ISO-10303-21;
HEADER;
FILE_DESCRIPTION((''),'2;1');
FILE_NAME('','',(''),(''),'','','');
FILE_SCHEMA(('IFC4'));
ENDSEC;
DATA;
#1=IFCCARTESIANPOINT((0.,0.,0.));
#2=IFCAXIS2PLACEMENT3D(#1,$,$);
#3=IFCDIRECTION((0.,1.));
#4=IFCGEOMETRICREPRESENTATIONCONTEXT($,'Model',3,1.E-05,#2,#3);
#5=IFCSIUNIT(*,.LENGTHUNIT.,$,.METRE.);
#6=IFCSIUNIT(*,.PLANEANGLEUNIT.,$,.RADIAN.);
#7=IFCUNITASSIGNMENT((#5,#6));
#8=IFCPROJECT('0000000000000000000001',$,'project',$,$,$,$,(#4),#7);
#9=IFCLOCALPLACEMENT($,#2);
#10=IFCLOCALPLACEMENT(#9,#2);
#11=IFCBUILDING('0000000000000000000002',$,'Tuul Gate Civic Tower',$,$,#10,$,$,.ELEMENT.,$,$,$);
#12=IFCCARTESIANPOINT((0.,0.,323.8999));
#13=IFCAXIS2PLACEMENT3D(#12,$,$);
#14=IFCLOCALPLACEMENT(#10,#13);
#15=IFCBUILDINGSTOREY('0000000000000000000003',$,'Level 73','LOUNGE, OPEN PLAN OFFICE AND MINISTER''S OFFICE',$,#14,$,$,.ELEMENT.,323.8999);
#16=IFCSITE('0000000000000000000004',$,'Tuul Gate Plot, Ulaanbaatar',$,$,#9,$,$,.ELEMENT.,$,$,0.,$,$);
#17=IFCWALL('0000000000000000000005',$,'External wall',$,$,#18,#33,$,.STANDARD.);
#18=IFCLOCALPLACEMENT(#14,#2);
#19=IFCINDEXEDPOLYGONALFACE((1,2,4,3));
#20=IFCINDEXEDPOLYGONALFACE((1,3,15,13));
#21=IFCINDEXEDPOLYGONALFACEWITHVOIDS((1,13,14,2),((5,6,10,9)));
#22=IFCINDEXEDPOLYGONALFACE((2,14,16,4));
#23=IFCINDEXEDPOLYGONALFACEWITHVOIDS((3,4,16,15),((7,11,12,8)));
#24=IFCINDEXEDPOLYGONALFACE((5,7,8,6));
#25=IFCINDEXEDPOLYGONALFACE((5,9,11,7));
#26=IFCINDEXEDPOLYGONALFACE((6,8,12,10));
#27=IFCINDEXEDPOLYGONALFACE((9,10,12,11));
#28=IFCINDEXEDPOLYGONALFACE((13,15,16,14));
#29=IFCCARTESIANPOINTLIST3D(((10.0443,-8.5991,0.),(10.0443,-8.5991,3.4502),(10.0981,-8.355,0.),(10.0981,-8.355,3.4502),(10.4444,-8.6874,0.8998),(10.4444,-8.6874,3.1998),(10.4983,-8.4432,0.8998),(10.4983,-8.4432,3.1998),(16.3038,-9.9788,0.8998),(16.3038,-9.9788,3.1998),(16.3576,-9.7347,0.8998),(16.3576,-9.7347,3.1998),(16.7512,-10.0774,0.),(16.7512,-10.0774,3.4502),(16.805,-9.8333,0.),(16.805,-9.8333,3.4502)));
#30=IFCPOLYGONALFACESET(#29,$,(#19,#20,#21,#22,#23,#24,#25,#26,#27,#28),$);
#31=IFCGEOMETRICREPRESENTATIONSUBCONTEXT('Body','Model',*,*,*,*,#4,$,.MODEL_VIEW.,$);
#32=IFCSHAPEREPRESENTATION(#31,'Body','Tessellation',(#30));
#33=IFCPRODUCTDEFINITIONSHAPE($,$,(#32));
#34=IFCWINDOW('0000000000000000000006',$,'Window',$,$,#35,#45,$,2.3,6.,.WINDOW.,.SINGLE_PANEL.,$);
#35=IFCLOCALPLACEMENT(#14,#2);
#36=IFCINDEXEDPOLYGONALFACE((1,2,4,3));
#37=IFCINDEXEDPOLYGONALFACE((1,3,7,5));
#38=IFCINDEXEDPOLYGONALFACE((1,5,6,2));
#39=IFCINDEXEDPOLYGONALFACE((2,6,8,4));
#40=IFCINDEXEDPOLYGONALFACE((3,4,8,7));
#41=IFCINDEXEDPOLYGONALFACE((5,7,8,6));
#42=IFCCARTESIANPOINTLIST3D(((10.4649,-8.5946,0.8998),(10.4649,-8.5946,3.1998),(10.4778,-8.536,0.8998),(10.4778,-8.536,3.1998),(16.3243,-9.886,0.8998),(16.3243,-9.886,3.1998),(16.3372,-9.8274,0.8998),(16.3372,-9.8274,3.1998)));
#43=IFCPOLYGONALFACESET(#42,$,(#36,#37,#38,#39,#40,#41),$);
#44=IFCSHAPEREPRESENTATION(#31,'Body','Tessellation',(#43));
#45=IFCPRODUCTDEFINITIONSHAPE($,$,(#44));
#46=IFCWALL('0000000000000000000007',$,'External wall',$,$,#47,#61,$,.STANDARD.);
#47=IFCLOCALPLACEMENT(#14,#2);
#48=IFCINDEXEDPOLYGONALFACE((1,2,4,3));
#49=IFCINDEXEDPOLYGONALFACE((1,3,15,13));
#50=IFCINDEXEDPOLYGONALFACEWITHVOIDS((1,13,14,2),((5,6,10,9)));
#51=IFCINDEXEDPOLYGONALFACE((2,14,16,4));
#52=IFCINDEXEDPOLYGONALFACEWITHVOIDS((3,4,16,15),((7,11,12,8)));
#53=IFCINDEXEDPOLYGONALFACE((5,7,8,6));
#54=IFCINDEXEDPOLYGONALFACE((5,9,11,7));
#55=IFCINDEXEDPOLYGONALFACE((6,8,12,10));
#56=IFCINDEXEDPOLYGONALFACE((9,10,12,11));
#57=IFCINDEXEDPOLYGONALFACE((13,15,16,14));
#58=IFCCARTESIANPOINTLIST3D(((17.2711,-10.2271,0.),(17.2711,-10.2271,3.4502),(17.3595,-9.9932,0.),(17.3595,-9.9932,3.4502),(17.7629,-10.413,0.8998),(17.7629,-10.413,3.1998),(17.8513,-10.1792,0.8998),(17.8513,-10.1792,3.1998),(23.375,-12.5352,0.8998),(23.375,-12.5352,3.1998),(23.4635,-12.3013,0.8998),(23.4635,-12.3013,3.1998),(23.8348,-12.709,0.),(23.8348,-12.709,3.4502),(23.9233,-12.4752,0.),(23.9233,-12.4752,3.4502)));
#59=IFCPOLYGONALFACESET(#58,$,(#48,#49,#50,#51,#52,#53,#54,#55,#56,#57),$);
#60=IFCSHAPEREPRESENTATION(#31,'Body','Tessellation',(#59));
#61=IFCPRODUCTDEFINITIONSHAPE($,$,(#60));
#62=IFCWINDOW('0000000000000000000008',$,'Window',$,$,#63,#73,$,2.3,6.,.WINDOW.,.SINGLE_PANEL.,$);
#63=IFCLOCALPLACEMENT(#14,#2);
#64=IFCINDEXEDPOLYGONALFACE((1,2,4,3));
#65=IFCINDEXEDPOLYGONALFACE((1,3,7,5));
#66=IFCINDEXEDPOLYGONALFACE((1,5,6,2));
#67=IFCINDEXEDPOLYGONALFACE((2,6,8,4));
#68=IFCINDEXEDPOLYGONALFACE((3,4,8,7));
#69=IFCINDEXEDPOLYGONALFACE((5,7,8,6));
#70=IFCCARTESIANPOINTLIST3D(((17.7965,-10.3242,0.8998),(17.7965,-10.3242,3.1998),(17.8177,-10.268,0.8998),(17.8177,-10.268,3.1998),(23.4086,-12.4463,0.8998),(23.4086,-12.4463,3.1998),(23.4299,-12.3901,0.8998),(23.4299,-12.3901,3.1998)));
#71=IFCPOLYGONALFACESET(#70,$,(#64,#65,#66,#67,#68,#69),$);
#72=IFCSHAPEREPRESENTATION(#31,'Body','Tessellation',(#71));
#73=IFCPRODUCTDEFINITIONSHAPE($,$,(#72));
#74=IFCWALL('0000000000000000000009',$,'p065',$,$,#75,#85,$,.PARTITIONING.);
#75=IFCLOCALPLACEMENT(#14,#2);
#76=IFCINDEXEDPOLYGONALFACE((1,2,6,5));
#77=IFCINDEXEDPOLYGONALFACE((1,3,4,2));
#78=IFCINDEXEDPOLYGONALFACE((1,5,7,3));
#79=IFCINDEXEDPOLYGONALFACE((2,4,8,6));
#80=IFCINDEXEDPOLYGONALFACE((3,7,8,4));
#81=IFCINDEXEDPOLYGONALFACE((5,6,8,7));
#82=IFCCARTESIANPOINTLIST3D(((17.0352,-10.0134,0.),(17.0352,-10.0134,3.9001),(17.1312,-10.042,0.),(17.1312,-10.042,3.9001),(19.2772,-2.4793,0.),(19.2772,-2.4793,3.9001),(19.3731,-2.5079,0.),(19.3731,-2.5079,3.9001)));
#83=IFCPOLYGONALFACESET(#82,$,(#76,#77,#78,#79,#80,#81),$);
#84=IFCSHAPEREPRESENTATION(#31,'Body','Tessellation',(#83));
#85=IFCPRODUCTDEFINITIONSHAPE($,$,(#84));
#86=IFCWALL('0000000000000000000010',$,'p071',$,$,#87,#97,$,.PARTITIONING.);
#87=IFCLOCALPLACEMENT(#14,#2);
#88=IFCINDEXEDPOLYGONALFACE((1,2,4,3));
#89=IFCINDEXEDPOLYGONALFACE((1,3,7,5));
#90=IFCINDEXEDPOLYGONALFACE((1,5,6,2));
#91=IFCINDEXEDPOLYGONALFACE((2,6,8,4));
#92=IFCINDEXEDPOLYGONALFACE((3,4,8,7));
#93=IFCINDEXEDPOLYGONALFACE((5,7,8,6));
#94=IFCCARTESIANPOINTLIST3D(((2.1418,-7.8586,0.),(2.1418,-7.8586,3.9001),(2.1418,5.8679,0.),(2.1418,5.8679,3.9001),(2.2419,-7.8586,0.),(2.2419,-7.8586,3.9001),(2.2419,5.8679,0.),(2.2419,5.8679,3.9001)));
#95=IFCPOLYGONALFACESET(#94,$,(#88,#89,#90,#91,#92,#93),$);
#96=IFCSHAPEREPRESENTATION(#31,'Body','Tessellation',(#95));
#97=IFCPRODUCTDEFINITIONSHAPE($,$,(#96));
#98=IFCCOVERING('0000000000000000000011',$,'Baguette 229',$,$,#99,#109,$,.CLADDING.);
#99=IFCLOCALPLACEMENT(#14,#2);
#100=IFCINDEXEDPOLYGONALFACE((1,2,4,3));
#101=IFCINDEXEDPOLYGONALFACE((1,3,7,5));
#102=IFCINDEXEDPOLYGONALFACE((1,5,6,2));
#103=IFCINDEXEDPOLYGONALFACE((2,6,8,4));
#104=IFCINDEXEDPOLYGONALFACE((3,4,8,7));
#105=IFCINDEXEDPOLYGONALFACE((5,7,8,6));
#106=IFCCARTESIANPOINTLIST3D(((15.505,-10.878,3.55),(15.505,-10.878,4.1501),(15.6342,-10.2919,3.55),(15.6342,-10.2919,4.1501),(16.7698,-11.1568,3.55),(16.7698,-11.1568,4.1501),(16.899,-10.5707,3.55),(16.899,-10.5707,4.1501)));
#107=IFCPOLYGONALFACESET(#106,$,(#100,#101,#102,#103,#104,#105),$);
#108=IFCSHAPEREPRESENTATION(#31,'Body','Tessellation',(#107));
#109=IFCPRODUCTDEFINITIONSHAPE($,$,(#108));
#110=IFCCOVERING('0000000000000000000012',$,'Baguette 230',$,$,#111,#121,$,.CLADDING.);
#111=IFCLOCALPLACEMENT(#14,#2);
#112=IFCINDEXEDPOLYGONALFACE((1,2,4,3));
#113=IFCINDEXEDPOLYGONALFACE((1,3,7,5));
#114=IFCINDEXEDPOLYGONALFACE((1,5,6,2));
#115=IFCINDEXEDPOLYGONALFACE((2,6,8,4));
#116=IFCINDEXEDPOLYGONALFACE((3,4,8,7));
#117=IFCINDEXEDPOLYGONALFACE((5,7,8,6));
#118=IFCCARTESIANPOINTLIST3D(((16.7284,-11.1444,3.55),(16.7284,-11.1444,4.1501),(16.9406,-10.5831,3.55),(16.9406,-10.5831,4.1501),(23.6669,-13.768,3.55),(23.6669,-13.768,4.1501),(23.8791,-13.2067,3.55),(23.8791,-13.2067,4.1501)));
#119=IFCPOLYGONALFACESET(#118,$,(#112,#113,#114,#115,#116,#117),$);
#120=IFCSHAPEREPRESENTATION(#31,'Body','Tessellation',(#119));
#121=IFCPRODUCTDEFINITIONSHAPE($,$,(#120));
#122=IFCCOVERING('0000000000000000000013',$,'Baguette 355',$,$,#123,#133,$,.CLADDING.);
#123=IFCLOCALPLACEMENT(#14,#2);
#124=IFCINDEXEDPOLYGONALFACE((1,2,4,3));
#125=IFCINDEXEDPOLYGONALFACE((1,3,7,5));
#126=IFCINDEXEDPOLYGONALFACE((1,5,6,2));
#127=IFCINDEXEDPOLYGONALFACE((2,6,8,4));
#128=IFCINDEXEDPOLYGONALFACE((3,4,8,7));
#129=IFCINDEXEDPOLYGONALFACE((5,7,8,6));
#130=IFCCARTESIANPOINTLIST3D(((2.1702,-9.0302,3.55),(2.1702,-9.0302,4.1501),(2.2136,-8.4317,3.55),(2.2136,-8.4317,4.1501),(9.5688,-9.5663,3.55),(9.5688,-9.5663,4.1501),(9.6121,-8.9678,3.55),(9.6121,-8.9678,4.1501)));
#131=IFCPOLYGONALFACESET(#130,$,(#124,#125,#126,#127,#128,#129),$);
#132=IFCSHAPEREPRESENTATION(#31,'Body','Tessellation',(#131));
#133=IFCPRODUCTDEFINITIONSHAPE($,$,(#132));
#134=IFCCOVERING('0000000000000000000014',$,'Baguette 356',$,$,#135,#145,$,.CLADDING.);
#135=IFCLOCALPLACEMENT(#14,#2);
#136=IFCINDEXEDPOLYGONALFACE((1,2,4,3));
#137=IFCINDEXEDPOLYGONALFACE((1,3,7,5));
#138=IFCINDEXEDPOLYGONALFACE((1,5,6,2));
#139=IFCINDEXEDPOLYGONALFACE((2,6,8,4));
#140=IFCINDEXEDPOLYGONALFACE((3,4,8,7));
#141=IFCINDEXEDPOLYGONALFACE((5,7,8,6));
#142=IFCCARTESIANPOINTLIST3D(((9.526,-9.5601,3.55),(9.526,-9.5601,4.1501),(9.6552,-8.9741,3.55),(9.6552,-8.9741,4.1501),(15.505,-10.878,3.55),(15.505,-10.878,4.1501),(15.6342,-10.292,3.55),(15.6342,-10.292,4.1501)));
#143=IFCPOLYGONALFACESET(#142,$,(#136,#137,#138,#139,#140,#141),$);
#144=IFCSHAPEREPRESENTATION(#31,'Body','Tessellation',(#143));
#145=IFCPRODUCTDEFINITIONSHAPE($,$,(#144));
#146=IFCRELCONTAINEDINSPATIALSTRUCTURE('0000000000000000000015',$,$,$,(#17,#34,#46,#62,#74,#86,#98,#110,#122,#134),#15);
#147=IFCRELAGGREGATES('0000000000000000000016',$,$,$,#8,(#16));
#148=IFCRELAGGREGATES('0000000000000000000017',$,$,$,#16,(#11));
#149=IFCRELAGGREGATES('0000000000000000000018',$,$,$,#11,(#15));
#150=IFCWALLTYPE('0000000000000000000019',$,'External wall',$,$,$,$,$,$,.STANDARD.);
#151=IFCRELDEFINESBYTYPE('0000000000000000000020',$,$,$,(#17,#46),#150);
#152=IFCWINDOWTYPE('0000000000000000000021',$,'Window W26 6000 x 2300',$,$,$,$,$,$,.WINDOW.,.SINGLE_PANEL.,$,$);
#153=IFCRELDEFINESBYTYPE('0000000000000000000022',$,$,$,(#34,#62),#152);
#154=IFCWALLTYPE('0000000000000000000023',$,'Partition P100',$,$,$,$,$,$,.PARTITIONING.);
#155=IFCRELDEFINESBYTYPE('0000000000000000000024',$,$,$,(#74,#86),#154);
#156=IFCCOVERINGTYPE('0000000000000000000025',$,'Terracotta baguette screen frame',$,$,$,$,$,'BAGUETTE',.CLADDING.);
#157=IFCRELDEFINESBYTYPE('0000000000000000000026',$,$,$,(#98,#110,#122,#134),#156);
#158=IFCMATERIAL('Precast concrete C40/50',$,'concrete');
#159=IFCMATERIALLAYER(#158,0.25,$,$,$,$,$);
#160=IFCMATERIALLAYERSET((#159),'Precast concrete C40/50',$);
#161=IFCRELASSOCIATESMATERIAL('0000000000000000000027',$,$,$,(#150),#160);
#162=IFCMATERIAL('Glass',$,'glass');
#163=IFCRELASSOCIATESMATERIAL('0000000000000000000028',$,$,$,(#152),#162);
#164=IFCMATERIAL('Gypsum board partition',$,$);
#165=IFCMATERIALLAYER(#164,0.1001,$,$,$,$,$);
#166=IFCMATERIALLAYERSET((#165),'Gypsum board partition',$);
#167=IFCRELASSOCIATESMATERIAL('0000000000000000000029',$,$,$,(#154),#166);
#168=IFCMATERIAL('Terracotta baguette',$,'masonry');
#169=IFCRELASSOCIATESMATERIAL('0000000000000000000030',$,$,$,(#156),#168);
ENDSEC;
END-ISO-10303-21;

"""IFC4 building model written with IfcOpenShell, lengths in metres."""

from ifc_helpers import new_model, si_unit, direction, frame, frame_2d, origin, origin_2d, place, context, subcontext, project, spatial, rectangle, extrude, material, layer, layer_set, material_profile, profile_set, type_object, element, fill, save


model = new_model("IFC4")

# Units and contexts
model_context = context("Model", 3, precision=1e-05, world=origin(), true_north=direction((0.0, 1.0)))
body_context = subcontext(model_context, "Body", "Model", "MODEL_VIEW")
ifc_project = project(units=[si_unit("LENGTHUNIT", "METRE"), si_unit("PLANEANGLEUNIT", "RADIAN")], contexts=[model_context])

# Site, building, storey
site_placement = place(None, origin())
site = spatial("IfcSite", under=ifc_project, at=site_placement, Name="Tuul Gate Plot, Ulaanbaatar", CompositionType="ELEMENT", RefElevation=0.0)
building_placement = place(site_placement, origin())
building = spatial("IfcBuilding", under=site, at=building_placement, Name="Tuul Gate Civic Tower", CompositionType="ELEMENT")
storey_placement = place(building_placement, frame((0.0, 0.0, 323.8999)))
storey = spatial("IfcBuildingStorey", under=building, at=storey_placement, Name="Level 73", Description="LOUNGE, OPEN PLAN OFFICE AND MINISTER'S OFFICE", CompositionType="ELEMENT", Elevation=323.8999)

# Walls, openings, windows
ifc_material_1 = material(Name="Precast concrete C40/50", Category="concrete")
ifc_layer_1 = layer(ifc_material_1, 0.25)
ifc_layer_set_1 = layer_set([ifc_layer_1], Name="Precast concrete C40/50")
wall_type_1 = type_object("IfcWallType", Name="External wall", PredefinedType="STANDARD", material=ifc_layer_set_1)
ifc_material_2 = material(Name="Glass", Category="glass")
window_type = type_object("IfcWindowType", Name="Window W26 6000 x 2300", PartitioningType="SINGLE_PANEL", PredefinedType="WINDOW", material=ifc_material_2)
wall_1_placement = place(storey_placement, frame((10.071, -8.4771, 0.0), z_axis=(0.0, 0.0, 1.0), x_axis=(0.976561, -0.21524, 0.0)))
wall_1 = element("IfcWall", 1, at=wall_1_placement, inside=storey, type_object=wall_type_1, Name="External wall", PredefinedType="STANDARD", context=body_context, shape_type="SweptSolid", body=[
    extrude(rectangle(XDim=6.8679, YDim=0.25, at=frame_2d((3.4341, 0.0))), origin(), (0.0, 0.0, 1.0), 3.4502),
])
opening_1_placement = place(wall_1_placement, frame((0.4099, 0.0, 0.8999)))
opening_1 = element("IfcOpeningElement", 2, at=opening_1_placement, cuts=wall_1, PredefinedType="OPENING", context=body_context, shape_type="SweptSolid", body=[
    extrude(rectangle(XDim=6.0, YDim=2.3, at=frame_2d((3.0, 1.1499))), frame((0.0, 0.135, 0.0), z_axis=(0.0, -1.0, 0.0), x_axis=(1.0, 0.0, 0.0)), (0.0, 0.0, 1.0), 0.27),
])
window_1_placement = place(opening_1_placement, origin())
window_1 = element("IfcWindow", 3, at=window_1_placement, inside=storey, type_object=window_type, Name="Window", OverallHeight=2.3, OverallWidth=6.0, PartitioningType="SINGLE_PANEL", PredefinedType="WINDOW", context=body_context, shape_type="SweptSolid", body=[
    extrude(rectangle(XDim=6.0, YDim=2.3, at=frame_2d((3.0, 1.1499))), frame((0.0, 0.03, 0.0), z_axis=(0.0, -1.0, 0.0), x_axis=(1.0, 0.0, 0.0)), (0.0, 0.0, 1.0), 0.0601),
])
fill(opening_1, window_1)
wall_2_placement = place(storey_placement, frame((17.3152, -10.1101, 0.0), z_axis=(0.0, 0.0, 1.0), x_axis=(0.935363, -0.353688, 0.0)))
wall_2 = element("IfcWall", 4, at=wall_2_placement, inside=storey, type_object=wall_type_1, Name="External wall", PredefinedType="STANDARD", context=body_context, shape_type="SweptSolid", body=[
    extrude(rectangle(XDim=7.0173, YDim=0.25, at=frame_2d((3.5088, 0.0))), origin(), (0.0, 0.0, 1.0), 3.4502),
])
opening_2_placement = place(wall_2_placement, frame((0.5259, 0.0, 0.8999)))
opening_2 = element("IfcOpeningElement", 5, at=opening_2_placement, cuts=wall_2, PredefinedType="OPENING", context=body_context, shape_type="SweptSolid", body=[
    extrude(rectangle(XDim=6.0, YDim=2.3, at=frame_2d((3.0, 1.1499))), frame((0.0, 0.135, 0.0), z_axis=(0.0, -1.0, 0.0), x_axis=(1.0, 0.0, 0.0)), (0.0, 0.0, 1.0), 0.27),
])
window_2_placement = place(opening_2_placement, origin())
window_2 = element("IfcWindow", 6, at=window_2_placement, inside=storey, type_object=window_type, Name="Window", OverallHeight=2.3, OverallWidth=6.0, PartitioningType="SINGLE_PANEL", PredefinedType="WINDOW", context=body_context, shape_type="SweptSolid", body=[
    extrude(rectangle(XDim=6.0, YDim=2.3, at=frame_2d((3.0, 1.1499))), frame((0.0, 0.03, 0.0), z_axis=(0.0, -1.0, 0.0), x_axis=(1.0, 0.0, 0.0)), (0.0, 0.0, 1.0), 0.0601),
])
fill(opening_2, window_2)

# Walls
ifc_material_3 = material(Name="Gypsum board partition")
ifc_layer_2 = layer(ifc_material_3, 0.1001)
ifc_layer_set_2 = layer_set([ifc_layer_2], Name="Gypsum board partition")
wall_type_2 = type_object("IfcWallType", Name="Partition P100", PredefinedType="PARTITIONING", material=ifc_layer_set_2)
wall_3_placement = place(storey_placement, frame((17.0833, -10.0276, 0.0), z_axis=(0.0, 0.0, 1.0), x_axis=(0.28521, 0.958465, 0.0)))
element("IfcWall", 7, at=wall_3_placement, inside=storey, type_object=wall_type_2, Name="p065", PredefinedType="PARTITIONING", context=body_context, shape_type="SweptSolid", body=[
    extrude(rectangle(XDim=7.8606, YDim=0.1001, at=frame_2d((3.9302, 0.0))), origin(), (0.0, 0.0, 1.0), 3.9001),
])
wall_4_placement = place(storey_placement, frame((2.1919, -7.8586, 0.0), z_axis=(0.0, 0.0, 1.0), x_axis=(0.0, 1.0, 0.0)))
element("IfcWall", 8, at=wall_4_placement, inside=storey, type_object=wall_type_2, Name="p071", PredefinedType="PARTITIONING", context=body_context, shape_type="SweptSolid", body=[
    extrude(rectangle(XDim=13.7266, YDim=0.1001, at=frame_2d((6.8633, 0.0))), origin(), (0.0, 0.0, 1.0), 3.9001),
])

# Coverings
ifc_material_4 = material(Name="Terracotta baguette", Category="masonry")
ifc_material_profile_1 = material_profile(ifc_material_4, rectangle(XDim=0.6001, YDim=0.6001, at=origin_2d()), Name="Terracotta baguette screen frame")
ifc_profile_set_1 = profile_set([ifc_material_profile_1], Name="Terracotta baguette")
covering_type = type_object("IfcCoveringType", Name="Terracotta baguette screen frame", ElementType="BAGUETTE", PredefinedType="CLADDING", material=ifc_profile_set_1)
covering_1_placement = place(storey_placement, frame((15.5696, -10.585, 3.8501), z_axis=(0.976558, -0.215254, 0.0), x_axis=(0.215254, 0.976558, 0.0)))
element("IfcCovering", 9, at=covering_1_placement, inside=storey, type_object=covering_type, Name="Baguette 229", PredefinedType="CLADDING", context=body_context, shape_type="SweptSolid", body=[
    extrude(rectangle(XDim=0.6001, YDim=0.6001, at=origin_2d()), origin(), (0.0, 0.0, 1.0), 1.2952),
])
for number, where, z_axis, x_axis, name in (
    (10, (16.8345, -10.8638, 3.8501), (0.935368, -0.353676, 0.0), (0.353676, 0.935368, 0.0), "Baguette 230"),
    (11, (2.1919, -8.731, 3.8501), (0.997385, -0.072274, 0.0), (0.072274, 0.997385, 0.0), "Baguette 355"),
):
    element("IfcCovering", number, at=place(storey_placement, frame(where, z_axis=z_axis, x_axis=x_axis)), inside=storey, type_object=covering_type, Name=name, PredefinedType="CLADDING", context=body_context, shape_type="SweptSolid", body=[
        extrude(rectangle(XDim=0.6001, YDim=0.6001, at=origin_2d()), origin(), (0.0, 0.0, 1.0), 7.418),
    ])
covering_2_placement = place(storey_placement, frame((9.5906, -9.2671, 3.8501), z_axis=(0.976559, -0.21525, 0.0), x_axis=(0.21525, 0.976559, 0.0)))
element("IfcCovering", 12, at=covering_2_placement, inside=storey, type_object=covering_type, Name="Baguette 356", PredefinedType="CLADDING", context=body_context, shape_type="SweptSolid", body=[
    extrude(rectangle(XDim=0.6001, YDim=0.6001, at=origin_2d()), origin(), (0.0, 0.0, 1.0), 6.1226),
])

save(model, "model.ifc")
